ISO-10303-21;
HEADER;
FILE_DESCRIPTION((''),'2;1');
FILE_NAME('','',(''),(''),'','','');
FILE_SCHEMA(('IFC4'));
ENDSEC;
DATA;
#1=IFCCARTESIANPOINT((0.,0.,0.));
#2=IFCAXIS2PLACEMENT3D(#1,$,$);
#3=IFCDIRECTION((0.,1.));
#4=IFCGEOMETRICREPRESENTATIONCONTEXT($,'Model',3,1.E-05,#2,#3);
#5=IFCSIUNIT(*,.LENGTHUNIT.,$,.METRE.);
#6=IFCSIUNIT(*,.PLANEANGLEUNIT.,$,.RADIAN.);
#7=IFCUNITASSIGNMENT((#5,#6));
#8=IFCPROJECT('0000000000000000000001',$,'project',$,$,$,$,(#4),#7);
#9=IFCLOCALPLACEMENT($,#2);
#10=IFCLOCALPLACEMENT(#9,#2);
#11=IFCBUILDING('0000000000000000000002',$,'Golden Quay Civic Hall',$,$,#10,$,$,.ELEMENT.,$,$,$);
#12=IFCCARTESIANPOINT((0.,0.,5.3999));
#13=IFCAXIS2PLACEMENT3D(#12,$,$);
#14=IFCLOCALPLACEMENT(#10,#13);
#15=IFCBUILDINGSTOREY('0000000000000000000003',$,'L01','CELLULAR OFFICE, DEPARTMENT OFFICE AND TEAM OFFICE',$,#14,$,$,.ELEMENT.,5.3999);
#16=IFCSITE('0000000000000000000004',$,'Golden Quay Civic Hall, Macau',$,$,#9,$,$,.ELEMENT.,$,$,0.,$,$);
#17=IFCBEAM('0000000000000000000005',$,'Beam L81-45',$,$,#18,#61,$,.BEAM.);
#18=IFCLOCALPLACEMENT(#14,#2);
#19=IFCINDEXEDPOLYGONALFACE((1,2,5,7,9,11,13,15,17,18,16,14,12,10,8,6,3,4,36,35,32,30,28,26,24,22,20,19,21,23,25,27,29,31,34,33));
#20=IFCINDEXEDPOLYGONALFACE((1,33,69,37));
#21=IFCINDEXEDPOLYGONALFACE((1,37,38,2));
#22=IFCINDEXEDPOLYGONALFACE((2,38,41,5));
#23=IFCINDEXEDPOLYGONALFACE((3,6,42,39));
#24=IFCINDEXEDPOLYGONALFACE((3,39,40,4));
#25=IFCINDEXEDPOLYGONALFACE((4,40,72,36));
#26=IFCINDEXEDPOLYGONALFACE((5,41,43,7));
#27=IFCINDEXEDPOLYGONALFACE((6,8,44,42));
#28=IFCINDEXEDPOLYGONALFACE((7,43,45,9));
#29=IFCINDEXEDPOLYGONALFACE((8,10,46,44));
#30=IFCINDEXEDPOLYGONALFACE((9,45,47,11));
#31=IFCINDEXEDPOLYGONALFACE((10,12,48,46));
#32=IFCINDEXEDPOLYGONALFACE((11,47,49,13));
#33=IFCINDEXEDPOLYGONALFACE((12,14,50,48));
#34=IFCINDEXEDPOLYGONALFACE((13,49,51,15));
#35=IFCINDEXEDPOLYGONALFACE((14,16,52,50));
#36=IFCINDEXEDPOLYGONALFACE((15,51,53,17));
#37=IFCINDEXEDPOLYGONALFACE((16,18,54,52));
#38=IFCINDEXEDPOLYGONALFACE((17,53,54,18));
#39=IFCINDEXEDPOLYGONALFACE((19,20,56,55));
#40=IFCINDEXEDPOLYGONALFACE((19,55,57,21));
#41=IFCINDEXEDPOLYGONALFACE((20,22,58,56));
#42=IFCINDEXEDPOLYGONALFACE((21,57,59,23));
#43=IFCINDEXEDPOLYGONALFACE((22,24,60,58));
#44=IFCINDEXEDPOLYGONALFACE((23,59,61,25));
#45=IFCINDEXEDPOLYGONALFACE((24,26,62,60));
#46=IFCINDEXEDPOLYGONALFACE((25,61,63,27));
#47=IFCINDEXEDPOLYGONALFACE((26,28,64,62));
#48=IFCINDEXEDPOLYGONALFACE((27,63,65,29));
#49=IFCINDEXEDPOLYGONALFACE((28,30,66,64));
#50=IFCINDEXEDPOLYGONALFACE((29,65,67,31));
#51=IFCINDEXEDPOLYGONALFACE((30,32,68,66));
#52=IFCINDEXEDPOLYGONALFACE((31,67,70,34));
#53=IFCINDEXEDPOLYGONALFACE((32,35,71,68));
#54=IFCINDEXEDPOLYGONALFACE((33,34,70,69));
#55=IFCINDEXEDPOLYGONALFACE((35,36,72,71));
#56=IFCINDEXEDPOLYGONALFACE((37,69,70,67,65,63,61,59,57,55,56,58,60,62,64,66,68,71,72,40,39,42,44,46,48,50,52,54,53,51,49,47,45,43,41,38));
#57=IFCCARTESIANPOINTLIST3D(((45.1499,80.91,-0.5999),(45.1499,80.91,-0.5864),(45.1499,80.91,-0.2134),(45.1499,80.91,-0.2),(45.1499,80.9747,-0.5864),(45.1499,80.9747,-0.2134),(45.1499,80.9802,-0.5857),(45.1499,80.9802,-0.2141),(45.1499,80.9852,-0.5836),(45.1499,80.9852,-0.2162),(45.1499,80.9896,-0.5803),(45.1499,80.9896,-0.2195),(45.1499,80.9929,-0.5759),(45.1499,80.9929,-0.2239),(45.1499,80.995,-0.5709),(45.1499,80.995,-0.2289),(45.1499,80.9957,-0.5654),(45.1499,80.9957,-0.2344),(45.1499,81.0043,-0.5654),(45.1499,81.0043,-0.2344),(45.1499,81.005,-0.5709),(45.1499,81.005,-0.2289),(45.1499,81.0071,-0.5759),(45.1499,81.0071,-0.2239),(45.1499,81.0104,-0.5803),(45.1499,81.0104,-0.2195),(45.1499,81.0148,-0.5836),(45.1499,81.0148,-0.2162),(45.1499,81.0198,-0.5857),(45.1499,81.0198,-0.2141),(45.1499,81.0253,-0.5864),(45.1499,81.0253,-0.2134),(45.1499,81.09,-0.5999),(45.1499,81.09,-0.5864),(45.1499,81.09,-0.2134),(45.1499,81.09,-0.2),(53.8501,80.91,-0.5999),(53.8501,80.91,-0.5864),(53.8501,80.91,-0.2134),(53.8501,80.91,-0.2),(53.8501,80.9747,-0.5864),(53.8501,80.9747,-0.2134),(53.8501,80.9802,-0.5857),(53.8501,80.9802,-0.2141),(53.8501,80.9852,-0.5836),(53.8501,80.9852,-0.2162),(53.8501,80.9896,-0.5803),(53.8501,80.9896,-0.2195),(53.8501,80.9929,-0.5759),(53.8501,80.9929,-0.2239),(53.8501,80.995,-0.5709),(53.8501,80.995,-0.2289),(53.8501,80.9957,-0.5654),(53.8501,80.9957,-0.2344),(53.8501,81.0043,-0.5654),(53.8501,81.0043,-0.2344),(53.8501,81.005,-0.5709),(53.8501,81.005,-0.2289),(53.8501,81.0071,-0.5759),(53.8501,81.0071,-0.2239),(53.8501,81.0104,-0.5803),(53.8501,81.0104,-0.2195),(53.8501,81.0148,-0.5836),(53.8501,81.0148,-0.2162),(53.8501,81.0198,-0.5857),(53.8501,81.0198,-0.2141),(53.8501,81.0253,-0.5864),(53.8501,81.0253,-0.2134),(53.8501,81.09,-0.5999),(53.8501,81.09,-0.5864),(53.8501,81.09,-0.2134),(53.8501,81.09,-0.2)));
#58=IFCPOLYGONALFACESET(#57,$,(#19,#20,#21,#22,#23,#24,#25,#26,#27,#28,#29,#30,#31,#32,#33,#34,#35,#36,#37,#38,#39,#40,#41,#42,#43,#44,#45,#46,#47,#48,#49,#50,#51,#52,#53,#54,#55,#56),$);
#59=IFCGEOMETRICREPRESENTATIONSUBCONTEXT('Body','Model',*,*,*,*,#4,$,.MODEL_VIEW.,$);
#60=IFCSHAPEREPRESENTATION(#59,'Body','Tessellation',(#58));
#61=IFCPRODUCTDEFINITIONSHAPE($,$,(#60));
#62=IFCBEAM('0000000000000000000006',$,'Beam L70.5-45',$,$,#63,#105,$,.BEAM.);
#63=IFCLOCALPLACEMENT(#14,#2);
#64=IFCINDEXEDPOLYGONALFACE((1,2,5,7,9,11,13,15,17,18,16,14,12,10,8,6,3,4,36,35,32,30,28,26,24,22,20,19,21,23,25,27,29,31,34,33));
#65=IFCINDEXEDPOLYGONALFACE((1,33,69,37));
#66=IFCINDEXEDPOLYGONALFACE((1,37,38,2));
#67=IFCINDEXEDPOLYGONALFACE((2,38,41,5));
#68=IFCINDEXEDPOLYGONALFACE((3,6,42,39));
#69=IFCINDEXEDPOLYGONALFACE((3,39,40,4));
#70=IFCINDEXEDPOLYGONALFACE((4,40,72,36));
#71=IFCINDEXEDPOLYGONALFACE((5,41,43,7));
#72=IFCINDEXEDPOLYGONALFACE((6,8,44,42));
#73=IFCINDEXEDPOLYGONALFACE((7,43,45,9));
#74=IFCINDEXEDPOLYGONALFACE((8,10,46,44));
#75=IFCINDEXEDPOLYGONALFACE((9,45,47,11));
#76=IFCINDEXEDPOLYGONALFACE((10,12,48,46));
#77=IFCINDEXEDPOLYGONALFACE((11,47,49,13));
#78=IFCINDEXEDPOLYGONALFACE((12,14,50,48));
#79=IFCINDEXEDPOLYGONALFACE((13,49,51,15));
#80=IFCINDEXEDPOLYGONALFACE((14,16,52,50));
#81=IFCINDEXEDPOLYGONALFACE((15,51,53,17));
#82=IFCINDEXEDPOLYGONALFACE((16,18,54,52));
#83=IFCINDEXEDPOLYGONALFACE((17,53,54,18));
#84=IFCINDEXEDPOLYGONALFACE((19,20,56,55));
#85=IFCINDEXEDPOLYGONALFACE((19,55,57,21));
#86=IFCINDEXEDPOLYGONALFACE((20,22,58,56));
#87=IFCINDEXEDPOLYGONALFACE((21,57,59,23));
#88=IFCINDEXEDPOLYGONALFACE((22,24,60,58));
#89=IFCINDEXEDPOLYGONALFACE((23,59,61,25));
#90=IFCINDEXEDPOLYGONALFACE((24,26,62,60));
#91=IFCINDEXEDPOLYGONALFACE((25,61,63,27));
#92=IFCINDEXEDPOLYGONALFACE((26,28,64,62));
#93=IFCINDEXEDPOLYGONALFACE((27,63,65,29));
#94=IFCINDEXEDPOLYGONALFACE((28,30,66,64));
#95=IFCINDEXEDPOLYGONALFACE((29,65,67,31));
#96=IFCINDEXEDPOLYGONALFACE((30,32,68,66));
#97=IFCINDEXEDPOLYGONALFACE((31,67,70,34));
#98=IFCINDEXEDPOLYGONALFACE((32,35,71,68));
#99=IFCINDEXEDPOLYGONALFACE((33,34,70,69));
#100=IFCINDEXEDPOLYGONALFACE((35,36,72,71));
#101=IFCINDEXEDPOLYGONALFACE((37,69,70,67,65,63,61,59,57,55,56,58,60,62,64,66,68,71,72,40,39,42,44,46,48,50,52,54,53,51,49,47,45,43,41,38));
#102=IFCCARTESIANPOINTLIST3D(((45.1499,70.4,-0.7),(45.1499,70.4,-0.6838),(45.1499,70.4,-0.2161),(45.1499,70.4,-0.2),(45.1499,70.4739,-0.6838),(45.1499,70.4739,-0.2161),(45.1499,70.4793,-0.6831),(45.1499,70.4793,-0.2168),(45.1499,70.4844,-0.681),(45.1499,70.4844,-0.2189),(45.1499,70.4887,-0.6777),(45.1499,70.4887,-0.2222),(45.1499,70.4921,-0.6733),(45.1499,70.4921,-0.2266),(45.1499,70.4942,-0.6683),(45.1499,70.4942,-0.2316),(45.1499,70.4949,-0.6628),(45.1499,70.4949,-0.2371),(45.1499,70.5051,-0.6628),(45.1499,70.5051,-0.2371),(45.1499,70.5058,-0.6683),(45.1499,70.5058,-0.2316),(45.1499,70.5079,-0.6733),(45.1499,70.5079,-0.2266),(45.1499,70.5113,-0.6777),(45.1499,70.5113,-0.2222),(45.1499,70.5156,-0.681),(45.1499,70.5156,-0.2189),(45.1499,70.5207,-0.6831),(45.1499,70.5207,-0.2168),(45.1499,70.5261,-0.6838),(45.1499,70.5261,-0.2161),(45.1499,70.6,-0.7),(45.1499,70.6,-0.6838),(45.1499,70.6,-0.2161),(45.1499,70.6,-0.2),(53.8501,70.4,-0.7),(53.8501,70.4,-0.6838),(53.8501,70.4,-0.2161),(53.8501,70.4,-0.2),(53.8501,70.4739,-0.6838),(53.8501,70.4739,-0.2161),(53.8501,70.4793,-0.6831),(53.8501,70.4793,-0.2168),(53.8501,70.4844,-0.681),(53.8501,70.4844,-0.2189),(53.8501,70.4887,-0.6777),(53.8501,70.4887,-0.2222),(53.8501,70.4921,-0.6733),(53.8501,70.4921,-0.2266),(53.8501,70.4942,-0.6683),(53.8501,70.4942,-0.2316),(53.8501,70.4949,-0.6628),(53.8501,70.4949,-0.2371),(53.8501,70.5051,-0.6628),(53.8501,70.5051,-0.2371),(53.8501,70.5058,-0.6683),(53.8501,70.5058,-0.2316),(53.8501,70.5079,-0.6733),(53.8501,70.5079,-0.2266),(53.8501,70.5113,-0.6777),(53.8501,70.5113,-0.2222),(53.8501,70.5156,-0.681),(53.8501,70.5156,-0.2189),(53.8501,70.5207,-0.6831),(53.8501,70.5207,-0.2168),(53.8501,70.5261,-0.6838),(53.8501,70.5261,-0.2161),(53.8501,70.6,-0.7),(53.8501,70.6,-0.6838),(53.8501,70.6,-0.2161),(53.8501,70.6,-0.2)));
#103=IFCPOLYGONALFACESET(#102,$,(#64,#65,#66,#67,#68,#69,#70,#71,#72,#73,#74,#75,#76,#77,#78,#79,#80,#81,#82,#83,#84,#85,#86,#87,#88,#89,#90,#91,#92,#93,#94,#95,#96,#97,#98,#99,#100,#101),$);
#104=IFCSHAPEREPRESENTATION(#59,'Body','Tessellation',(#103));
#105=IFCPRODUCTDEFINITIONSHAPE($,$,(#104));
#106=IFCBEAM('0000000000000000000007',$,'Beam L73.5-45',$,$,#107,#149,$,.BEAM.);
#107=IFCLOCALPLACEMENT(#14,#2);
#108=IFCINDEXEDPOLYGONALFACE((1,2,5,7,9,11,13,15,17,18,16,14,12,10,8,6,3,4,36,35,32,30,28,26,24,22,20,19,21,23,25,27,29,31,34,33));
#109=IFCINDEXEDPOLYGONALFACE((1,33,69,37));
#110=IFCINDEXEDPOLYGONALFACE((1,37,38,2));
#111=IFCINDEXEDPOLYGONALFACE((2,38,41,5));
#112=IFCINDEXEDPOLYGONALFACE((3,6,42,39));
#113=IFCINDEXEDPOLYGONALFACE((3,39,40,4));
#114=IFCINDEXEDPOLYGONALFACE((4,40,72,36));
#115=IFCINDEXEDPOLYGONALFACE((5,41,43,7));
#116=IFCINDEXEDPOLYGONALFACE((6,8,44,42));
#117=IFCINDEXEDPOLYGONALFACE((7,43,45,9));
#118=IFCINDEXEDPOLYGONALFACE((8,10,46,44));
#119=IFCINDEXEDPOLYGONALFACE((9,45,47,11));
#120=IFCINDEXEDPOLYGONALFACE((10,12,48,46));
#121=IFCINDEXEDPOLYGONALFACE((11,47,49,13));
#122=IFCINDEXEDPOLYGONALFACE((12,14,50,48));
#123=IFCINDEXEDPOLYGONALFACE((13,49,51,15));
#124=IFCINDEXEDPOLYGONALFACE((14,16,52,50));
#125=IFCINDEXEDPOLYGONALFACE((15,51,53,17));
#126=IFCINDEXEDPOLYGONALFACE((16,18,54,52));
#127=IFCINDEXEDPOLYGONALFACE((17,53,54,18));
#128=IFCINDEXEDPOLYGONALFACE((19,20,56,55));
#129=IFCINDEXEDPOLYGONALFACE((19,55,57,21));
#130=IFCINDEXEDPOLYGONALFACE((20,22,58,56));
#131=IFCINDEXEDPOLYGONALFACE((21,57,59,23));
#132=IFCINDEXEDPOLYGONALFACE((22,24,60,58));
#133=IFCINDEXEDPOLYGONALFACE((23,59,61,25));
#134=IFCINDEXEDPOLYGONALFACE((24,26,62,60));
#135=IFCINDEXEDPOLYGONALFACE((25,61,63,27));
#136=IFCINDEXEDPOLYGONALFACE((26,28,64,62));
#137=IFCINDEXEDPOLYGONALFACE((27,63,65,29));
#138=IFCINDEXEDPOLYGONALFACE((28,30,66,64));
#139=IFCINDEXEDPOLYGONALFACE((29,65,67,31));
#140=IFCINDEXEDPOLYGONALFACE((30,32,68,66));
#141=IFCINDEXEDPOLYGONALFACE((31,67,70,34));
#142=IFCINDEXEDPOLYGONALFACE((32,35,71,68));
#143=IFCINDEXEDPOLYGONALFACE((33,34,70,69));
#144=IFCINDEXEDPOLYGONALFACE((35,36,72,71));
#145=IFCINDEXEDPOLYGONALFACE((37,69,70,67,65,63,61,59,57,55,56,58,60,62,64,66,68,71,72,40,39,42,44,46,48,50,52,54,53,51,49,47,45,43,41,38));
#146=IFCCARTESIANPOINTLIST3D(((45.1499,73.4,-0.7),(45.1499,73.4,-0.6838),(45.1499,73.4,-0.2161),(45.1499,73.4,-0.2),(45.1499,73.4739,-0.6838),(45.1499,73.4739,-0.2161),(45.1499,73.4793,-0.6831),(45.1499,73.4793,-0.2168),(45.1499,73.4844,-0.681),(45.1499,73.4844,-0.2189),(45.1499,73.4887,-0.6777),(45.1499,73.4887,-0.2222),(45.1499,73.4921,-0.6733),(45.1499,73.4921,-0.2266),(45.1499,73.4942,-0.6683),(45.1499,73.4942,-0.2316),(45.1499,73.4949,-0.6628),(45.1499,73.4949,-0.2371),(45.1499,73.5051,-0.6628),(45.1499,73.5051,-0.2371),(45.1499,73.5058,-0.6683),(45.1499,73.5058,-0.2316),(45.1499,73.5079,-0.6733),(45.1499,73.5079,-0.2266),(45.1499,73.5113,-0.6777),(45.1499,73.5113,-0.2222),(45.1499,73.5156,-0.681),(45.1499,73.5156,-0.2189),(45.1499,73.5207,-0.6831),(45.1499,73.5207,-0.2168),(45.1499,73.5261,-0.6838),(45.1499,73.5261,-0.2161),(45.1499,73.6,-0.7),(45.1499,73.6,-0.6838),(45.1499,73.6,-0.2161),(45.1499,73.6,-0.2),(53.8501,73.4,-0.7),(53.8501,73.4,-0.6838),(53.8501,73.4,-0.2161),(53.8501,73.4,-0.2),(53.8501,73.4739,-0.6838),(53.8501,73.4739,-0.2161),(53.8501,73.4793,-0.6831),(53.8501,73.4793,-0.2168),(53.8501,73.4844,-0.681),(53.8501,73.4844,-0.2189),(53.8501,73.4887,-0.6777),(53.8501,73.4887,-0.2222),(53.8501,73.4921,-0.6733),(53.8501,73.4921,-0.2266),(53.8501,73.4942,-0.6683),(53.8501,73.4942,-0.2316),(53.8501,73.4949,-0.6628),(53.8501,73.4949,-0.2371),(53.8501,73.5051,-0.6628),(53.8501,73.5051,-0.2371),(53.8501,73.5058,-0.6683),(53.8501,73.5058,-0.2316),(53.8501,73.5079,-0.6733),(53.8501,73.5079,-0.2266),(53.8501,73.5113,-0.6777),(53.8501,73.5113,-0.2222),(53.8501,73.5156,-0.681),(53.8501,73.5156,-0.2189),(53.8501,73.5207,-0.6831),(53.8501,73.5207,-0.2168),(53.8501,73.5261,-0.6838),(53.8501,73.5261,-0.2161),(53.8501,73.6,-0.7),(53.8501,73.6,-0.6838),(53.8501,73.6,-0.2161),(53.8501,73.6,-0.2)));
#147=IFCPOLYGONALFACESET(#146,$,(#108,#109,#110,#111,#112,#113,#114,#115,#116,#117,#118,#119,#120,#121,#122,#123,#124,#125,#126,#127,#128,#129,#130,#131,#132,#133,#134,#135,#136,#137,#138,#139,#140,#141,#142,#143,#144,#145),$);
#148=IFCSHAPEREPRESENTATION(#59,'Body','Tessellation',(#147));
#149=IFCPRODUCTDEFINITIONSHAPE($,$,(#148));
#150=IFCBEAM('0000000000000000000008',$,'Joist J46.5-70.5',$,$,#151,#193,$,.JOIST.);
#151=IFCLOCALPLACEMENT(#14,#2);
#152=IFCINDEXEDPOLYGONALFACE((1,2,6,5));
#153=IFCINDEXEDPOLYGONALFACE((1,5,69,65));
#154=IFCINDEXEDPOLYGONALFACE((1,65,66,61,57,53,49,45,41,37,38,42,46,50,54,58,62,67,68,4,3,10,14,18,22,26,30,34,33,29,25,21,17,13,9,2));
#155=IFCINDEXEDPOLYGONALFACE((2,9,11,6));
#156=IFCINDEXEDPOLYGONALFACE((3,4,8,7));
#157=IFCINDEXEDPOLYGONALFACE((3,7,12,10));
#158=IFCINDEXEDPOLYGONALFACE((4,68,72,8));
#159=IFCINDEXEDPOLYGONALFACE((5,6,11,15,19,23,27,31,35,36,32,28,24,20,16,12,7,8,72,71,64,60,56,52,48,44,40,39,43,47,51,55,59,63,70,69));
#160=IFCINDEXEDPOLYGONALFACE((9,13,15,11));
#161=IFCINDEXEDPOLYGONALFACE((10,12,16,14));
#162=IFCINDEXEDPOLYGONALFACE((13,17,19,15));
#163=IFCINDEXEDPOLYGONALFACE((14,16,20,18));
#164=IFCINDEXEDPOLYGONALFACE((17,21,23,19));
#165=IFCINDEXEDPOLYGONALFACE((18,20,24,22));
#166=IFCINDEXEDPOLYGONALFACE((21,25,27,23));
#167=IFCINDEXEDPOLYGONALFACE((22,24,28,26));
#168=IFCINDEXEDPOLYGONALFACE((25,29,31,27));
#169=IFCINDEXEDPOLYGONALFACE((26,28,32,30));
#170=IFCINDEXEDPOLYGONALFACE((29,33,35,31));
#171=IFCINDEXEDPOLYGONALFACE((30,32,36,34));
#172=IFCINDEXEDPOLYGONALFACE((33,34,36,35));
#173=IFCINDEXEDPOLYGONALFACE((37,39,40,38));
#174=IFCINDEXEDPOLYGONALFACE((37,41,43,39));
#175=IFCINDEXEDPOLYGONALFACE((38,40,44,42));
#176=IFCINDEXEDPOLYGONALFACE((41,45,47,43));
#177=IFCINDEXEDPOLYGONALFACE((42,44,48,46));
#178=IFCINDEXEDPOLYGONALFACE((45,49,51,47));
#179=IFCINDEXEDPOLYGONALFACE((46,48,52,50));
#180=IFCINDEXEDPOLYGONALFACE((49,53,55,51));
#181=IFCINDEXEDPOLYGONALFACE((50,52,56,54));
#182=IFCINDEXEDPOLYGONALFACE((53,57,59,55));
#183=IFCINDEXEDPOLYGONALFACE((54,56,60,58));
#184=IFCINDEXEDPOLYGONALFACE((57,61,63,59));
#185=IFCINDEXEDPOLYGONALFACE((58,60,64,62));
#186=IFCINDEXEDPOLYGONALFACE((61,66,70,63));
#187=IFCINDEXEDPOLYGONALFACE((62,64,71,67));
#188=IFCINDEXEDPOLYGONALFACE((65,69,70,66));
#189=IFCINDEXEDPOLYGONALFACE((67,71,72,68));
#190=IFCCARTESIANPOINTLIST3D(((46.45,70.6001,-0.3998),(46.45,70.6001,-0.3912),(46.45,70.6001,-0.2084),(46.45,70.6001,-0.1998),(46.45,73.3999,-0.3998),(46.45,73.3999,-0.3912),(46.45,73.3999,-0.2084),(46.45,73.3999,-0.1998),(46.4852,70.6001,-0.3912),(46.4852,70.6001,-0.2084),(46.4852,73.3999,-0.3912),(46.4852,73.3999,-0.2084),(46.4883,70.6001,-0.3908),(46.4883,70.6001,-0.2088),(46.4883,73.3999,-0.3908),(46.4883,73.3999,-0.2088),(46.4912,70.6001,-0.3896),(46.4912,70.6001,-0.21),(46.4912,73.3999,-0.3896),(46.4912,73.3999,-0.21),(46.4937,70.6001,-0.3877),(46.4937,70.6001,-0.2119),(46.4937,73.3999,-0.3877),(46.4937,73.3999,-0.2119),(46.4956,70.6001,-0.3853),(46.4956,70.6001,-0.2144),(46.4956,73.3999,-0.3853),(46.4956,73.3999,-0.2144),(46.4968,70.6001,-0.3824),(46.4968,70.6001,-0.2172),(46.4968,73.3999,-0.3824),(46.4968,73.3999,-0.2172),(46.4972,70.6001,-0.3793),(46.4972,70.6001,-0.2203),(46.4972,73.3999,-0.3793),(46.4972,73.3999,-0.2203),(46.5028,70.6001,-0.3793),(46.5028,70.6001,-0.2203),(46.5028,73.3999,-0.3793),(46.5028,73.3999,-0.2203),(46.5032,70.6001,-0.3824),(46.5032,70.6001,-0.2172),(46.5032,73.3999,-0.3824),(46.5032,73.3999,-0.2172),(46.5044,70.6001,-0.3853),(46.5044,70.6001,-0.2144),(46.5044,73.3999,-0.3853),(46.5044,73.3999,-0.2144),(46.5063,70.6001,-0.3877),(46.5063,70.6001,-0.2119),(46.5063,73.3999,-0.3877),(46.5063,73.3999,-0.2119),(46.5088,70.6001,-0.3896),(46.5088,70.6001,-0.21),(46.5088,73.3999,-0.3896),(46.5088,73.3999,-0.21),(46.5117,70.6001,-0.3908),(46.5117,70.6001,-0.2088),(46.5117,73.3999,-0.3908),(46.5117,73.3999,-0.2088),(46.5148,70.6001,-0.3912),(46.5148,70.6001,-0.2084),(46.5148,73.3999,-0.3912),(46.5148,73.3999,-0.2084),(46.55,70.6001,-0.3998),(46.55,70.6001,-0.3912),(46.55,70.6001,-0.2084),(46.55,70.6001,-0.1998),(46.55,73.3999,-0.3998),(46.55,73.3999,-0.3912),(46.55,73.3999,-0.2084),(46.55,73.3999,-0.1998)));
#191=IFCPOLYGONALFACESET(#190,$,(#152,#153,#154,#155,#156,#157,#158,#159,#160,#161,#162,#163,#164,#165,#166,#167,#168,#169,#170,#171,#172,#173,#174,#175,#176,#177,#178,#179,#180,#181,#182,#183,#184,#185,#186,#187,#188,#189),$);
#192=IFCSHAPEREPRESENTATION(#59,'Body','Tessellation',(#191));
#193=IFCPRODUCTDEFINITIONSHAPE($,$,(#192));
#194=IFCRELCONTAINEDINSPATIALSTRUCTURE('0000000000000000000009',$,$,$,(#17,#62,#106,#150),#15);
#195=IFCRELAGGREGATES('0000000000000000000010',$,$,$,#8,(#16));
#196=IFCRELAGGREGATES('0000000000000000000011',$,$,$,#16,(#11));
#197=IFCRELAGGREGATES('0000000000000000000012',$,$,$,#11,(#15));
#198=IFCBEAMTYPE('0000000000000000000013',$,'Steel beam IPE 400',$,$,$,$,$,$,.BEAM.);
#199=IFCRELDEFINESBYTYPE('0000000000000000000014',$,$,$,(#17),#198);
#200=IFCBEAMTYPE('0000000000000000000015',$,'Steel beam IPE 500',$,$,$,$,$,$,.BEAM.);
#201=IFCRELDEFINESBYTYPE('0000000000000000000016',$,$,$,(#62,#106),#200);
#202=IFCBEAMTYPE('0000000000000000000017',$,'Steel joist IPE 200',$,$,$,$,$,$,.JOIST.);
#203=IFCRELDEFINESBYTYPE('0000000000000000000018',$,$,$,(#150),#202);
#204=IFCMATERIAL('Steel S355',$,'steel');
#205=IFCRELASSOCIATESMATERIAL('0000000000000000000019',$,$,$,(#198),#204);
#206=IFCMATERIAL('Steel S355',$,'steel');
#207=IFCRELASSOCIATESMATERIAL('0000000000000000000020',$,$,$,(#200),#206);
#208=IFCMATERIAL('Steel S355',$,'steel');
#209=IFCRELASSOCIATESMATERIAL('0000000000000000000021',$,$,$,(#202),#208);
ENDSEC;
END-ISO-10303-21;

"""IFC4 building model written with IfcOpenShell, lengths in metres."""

from ifc_helpers import new_model, si_unit, direction, frame, origin, origin_2d, place, context, subcontext, project, spatial, i_section, extrude, material, material_profile, profile_set, type_object, element, save


model = new_model("IFC4")

# Units and contexts
model_context = context("Model", 3, precision=1e-05, world=origin(), true_north=direction((0.0, 1.0)))
body_context = subcontext(model_context, "Body", "Model", "MODEL_VIEW")
ifc_project = project(units=[si_unit("LENGTHUNIT", "METRE"), si_unit("PLANEANGLEUNIT", "RADIAN")], contexts=[model_context])

# Site, building, storey
site_placement = place(None, origin())
site = spatial("IfcSite", under=ifc_project, at=site_placement, Name="Golden Quay Civic Hall, Macau", CompositionType="ELEMENT", RefElevation=0.0)
building_placement = place(site_placement, origin())
building = spatial("IfcBuilding", under=site, at=building_placement, Name="Golden Quay Civic Hall", CompositionType="ELEMENT")
storey_placement = place(building_placement, frame((0.0, 0.0, 5.3999)))
storey = spatial("IfcBuildingStorey", under=building, at=storey_placement, Name="L01", Description="CELLULAR OFFICE, DEPARTMENT OFFICE AND TEAM OFFICE", CompositionType="ELEMENT", Elevation=5.3999)

# Beams
ifc_material_1 = material(Name="Steel S355", Category="steel")
ifc_material_profile_1 = material_profile(ifc_material_1, i_section(OverallWidth=0.1799, OverallDepth=0.3999, WebThickness=0.0085, FlangeThickness=0.0134, FilletRadius=0.021, at=origin_2d()), Name="IPE 400")
ifc_profile_set_1 = profile_set([ifc_material_profile_1], Name="Steel S355")
beam_type_1 = type_object("IfcBeamType", Name="Steel beam IPE 400", PredefinedType="BEAM", material=ifc_profile_set_1)
beam_1_placement = place(storey_placement, frame((45.1499, 81.0, -0.3999), z_axis=(1.0, 0.0, 0.0), x_axis=(0.0, 1.0, 0.0)))
element("IfcBeam", 1, at=beam_1_placement, inside=storey, type_object=beam_type_1, Name="Beam L81-45", PredefinedType="BEAM", context=body_context, shape_type="SweptSolid", body=[
    extrude(i_section(OverallWidth=0.1799, OverallDepth=0.3999, WebThickness=0.0085, FlangeThickness=0.0134, FilletRadius=0.021, at=origin_2d()), origin(), (0.0, 0.0, 1.0), 8.7002),
])
ifc_material_2 = material(Name="Steel S355", Category="steel")
ifc_material_profile_2 = material_profile(ifc_material_2, i_section(OverallWidth=0.2, OverallDepth=0.5, WebThickness=0.0103, FlangeThickness=0.0161, FilletRadius=0.021, at=origin_2d()), Name="IPE 500")
ifc_profile_set_2 = profile_set([ifc_material_profile_2], Name="Steel S355")
beam_type_2 = type_object("IfcBeamType", Name="Steel beam IPE 500", PredefinedType="BEAM", material=ifc_profile_set_2)
for number, where, z_axis, x_axis, name in (
    (2, (45.1499, 70.5, -0.45), (1.0, 0.0, 0.0), (0.0, 1.0, 0.0), "Beam L70.5-45"),
    (3, (45.1499, 73.5, -0.45), (1.0, 0.0, 0.0), (0.0, 1.0, 0.0), "Beam L73.5-45"),
):
    element("IfcBeam", number, at=place(storey_placement, frame(where, z_axis=z_axis, x_axis=x_axis)), inside=storey, type_object=beam_type_2, Name=name, PredefinedType="BEAM", context=body_context, shape_type="SweptSolid", body=[
        extrude(i_section(OverallWidth=0.2, OverallDepth=0.5, WebThickness=0.0103, FlangeThickness=0.0161, FilletRadius=0.021, at=origin_2d()), origin(), (0.0, 0.0, 1.0), 8.7002),
    ])
ifc_material_3 = material(Name="Steel S355", Category="steel")
ifc_material_profile_3 = material_profile(ifc_material_3, i_section(OverallWidth=0.1001, OverallDepth=0.2, WebThickness=0.0056, FlangeThickness=0.0085, FilletRadius=0.012, at=origin_2d()), Name="IPE 200")
ifc_profile_set_3 = profile_set([ifc_material_profile_3], Name="Steel S355")
beam_type_3 = type_object("IfcBeamType", Name="Steel joist IPE 200", PredefinedType="JOIST", material=ifc_profile_set_3)
for number, where, z_axis, x_axis, name in (
    (4, (46.5, 70.6001, -0.2998), (0.0, 1.0, 0.0), (-1.0, 0.0, 0.0), "Joist J46.5-70.5"),
):
    element("IfcBeam", number, at=place(storey_placement, frame(where, z_axis=z_axis, x_axis=x_axis)), inside=storey, type_object=beam_type_3, Name=name, PredefinedType="JOIST", context=body_context, shape_type="SweptSolid", body=[
        extrude(i_section(OverallWidth=0.1001, OverallDepth=0.2, WebThickness=0.0056, FlangeThickness=0.0085, FilletRadius=0.012, at=origin_2d()), origin(), (0.0, 0.0, 1.0), 2.7998),
    ])

save(model, "model.ifc")
